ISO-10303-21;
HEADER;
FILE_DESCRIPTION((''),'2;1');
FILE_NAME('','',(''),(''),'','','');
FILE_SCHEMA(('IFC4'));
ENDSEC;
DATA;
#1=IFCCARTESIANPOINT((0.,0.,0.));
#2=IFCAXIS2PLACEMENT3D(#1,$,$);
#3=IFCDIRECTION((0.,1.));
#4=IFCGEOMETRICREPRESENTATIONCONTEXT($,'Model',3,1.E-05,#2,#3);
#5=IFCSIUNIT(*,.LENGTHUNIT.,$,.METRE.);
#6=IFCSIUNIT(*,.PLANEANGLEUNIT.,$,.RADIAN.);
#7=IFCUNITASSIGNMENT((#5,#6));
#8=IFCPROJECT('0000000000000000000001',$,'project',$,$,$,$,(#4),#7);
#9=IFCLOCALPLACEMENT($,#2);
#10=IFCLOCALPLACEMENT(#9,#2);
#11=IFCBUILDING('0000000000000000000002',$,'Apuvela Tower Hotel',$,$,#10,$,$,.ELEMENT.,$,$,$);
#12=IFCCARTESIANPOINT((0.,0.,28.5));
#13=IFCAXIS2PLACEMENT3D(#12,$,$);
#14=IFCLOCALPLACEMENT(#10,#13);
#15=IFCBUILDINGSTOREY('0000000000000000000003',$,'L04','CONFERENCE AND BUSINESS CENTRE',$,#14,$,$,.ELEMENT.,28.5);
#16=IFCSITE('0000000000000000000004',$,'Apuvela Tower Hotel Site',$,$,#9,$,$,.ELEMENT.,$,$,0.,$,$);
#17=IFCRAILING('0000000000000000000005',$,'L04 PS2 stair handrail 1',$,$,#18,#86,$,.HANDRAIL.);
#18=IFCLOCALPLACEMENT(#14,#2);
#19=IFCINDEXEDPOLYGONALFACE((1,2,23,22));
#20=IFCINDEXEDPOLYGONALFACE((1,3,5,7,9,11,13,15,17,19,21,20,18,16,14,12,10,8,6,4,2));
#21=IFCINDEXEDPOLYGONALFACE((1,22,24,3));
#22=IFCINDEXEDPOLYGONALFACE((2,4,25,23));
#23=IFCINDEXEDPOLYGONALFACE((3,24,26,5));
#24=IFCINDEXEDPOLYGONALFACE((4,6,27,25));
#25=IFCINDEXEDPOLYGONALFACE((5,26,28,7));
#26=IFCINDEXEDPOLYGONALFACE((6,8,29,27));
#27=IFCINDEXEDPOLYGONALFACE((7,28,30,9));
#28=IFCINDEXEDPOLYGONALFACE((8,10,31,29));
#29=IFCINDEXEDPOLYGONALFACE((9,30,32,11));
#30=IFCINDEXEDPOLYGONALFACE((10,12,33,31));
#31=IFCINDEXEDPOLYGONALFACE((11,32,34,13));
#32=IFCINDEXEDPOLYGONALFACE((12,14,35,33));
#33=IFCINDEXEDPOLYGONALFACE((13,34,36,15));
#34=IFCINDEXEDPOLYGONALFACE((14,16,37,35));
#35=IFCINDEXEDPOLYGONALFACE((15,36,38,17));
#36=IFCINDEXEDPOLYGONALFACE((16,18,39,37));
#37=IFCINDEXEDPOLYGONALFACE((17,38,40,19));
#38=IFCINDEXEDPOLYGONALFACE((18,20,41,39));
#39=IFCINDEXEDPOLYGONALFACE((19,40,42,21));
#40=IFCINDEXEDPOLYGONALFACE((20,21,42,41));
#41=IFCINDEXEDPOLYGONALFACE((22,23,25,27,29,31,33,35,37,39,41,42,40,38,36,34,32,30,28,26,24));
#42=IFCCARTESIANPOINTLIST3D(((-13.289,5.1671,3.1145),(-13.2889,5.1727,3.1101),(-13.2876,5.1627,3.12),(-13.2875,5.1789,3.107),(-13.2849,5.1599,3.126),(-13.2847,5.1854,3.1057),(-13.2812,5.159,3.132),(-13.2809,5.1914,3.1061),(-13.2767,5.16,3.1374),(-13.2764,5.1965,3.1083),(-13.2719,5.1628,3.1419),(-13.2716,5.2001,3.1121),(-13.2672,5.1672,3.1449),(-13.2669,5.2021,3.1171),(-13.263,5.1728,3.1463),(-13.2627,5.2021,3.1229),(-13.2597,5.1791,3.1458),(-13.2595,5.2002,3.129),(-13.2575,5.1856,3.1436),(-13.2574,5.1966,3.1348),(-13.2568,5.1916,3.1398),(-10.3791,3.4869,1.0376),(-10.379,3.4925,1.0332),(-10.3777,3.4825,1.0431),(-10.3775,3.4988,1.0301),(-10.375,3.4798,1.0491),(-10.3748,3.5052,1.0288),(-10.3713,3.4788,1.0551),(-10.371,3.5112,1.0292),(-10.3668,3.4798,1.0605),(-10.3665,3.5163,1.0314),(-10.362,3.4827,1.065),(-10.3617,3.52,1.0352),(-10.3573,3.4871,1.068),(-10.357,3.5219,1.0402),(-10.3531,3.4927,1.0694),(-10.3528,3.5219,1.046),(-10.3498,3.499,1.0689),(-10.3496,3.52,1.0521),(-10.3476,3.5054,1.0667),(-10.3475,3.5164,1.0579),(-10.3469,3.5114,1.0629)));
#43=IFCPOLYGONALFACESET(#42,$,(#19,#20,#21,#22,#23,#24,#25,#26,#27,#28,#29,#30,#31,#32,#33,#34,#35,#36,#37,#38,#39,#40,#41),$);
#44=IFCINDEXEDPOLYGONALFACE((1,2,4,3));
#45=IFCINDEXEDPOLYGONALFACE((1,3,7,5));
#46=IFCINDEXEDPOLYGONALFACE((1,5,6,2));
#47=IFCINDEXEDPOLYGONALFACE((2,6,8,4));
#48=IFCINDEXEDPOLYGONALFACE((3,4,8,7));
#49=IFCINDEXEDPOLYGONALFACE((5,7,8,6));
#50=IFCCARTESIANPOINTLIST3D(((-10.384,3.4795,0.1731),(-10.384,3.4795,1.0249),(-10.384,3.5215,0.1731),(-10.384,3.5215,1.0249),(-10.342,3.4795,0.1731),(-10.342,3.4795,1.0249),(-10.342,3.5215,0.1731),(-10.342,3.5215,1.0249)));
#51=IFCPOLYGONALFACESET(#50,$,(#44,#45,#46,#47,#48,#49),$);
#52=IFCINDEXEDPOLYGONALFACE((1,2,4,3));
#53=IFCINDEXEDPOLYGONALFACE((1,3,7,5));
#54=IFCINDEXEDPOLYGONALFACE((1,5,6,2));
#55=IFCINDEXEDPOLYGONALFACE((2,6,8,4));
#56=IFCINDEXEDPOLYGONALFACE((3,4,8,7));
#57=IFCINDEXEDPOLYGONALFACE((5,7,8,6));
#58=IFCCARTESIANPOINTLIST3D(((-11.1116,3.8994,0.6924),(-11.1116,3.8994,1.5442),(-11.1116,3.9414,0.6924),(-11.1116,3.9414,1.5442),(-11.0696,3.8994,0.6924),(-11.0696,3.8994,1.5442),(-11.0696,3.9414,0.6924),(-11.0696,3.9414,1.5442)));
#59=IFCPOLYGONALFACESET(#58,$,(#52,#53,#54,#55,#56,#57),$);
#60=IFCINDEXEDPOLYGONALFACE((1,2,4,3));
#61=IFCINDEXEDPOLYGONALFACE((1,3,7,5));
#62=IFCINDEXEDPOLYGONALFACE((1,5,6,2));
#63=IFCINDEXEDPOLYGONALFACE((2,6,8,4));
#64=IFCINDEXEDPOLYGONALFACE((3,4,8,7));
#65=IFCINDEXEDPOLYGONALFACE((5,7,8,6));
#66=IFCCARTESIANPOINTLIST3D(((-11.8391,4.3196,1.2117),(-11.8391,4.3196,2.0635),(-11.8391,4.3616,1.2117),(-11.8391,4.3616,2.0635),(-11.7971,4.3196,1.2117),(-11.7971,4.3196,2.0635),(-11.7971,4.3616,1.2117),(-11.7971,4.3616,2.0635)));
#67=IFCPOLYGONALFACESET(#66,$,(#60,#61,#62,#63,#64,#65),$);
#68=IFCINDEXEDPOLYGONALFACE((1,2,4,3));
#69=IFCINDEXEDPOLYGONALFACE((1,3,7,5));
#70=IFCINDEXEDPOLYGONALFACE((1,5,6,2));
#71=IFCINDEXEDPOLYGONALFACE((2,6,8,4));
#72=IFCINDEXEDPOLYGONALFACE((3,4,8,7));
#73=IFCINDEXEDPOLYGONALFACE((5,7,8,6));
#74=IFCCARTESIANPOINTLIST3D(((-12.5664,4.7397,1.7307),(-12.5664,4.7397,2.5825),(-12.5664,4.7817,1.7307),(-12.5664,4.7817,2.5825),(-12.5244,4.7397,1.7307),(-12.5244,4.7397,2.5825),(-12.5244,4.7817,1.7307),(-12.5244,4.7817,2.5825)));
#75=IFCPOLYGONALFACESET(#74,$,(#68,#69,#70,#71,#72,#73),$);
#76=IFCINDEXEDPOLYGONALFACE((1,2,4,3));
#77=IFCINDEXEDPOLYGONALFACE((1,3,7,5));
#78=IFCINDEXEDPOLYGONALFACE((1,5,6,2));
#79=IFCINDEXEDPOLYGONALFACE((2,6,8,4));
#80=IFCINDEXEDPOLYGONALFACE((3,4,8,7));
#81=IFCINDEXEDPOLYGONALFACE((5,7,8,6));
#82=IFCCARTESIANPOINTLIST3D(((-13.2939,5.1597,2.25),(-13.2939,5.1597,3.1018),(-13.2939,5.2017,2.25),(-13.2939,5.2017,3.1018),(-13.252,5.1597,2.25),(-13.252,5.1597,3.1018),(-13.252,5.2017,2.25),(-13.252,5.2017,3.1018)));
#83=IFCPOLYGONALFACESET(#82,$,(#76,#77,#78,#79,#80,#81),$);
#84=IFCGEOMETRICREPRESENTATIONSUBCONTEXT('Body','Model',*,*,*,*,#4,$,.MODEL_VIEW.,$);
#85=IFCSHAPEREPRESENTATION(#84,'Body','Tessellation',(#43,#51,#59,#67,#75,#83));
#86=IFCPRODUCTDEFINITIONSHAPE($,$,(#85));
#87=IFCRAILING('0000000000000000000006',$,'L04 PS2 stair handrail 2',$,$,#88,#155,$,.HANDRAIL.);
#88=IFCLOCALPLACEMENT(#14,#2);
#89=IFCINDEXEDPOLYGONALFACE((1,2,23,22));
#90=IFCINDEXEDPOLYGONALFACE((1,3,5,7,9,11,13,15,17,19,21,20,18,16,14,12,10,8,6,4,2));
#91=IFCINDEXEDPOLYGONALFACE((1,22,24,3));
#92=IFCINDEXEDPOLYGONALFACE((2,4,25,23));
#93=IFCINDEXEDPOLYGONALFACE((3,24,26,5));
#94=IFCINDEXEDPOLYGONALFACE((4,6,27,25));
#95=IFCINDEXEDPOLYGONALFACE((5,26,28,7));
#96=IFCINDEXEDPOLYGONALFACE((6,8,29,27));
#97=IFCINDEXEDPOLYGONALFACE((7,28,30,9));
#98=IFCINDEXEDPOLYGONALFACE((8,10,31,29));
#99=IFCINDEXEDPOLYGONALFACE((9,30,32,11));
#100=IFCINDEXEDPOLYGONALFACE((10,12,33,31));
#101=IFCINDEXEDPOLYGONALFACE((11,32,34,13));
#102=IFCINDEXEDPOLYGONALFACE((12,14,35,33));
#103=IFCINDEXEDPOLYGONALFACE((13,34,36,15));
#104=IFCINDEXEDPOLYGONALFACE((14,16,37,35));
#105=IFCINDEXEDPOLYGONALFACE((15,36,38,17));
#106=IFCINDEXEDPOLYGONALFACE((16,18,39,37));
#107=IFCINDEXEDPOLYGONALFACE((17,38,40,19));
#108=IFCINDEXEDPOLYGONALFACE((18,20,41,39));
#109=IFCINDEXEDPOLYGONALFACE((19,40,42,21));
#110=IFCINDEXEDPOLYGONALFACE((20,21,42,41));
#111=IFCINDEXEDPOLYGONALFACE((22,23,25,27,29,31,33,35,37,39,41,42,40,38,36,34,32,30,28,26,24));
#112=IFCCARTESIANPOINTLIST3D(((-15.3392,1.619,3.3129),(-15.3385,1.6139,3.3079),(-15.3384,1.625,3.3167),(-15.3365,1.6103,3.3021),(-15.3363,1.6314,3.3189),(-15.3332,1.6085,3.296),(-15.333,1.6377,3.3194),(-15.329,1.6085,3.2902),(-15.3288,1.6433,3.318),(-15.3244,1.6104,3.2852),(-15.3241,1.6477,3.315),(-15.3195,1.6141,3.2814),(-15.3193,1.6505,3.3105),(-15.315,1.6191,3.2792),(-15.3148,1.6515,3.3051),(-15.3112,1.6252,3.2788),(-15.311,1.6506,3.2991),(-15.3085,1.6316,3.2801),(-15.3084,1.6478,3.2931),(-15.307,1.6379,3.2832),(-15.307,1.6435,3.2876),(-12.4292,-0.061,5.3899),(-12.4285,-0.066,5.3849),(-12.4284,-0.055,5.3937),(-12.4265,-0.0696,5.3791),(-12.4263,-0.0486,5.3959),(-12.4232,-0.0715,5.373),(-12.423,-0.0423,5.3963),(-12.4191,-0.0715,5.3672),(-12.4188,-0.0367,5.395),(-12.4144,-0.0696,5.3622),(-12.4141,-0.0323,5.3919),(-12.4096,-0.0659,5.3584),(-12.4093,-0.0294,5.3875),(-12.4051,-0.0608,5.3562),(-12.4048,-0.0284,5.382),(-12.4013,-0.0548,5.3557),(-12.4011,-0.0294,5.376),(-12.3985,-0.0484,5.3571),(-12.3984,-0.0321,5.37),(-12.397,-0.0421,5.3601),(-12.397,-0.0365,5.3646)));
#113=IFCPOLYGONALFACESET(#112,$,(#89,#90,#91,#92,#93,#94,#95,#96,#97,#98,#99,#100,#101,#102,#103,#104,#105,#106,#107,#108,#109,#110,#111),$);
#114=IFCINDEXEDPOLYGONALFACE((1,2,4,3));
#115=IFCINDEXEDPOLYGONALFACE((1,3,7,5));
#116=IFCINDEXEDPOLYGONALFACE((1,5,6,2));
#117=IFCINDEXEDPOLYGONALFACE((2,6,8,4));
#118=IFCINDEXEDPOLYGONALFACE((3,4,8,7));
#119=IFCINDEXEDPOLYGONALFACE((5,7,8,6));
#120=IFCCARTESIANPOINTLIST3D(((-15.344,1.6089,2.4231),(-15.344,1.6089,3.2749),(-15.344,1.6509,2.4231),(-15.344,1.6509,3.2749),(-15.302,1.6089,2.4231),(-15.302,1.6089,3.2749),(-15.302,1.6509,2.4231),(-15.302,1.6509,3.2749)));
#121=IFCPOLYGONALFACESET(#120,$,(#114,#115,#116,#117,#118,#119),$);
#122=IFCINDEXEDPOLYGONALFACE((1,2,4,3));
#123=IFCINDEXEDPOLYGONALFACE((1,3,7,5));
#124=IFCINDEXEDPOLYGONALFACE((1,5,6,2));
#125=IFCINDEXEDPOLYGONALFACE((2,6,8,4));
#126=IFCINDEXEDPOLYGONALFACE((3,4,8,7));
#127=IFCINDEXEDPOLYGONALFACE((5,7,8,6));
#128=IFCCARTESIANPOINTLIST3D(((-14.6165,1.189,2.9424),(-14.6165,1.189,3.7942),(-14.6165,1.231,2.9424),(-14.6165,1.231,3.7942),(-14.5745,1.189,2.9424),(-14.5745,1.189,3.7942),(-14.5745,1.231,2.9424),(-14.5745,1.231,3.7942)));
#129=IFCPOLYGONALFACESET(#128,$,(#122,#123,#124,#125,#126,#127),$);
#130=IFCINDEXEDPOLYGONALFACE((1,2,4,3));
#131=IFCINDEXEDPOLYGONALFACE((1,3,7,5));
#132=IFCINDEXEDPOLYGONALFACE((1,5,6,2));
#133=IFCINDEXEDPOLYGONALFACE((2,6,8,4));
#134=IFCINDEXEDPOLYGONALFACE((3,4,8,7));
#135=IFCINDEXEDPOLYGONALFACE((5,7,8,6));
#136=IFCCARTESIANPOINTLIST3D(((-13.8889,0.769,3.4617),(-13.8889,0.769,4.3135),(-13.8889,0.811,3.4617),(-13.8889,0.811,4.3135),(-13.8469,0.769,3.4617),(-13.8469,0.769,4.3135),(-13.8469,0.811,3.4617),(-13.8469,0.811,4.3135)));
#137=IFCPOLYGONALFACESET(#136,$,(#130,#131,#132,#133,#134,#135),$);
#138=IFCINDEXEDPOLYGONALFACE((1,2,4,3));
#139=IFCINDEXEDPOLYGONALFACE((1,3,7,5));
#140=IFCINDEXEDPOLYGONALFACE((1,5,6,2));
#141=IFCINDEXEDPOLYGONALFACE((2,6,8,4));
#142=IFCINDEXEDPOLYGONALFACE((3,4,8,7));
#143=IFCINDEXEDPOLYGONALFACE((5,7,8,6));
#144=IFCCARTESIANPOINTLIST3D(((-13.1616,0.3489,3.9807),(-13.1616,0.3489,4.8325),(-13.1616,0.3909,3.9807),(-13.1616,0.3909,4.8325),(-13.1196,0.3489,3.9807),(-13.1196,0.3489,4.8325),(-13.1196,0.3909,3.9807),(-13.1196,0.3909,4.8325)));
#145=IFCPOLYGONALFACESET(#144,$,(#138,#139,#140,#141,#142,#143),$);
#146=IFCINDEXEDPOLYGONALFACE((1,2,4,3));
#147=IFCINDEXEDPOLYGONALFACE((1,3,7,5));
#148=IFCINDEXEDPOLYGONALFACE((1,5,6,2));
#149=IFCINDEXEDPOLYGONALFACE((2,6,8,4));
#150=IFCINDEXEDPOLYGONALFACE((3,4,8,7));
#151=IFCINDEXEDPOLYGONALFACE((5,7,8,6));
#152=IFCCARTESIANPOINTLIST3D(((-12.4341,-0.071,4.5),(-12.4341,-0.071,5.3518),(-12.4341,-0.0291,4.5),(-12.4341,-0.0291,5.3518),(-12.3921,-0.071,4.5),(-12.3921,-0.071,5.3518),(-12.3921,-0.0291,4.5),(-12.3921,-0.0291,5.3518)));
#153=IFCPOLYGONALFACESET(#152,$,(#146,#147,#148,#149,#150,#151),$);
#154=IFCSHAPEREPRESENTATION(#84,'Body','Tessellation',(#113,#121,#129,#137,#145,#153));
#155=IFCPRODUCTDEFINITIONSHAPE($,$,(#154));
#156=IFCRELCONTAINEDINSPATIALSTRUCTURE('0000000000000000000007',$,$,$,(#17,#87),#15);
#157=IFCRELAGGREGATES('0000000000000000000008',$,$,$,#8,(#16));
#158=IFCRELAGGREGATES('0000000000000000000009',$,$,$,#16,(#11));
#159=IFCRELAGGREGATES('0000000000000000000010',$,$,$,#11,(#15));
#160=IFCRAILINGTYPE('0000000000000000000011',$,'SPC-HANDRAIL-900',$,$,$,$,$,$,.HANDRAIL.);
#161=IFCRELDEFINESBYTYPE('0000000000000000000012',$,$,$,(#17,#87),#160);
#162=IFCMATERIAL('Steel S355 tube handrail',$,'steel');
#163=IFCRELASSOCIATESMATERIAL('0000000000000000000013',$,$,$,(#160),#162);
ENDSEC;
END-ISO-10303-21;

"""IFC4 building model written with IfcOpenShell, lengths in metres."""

from ifc_helpers import new_model, si_unit, direction, frame, origin, origin_2d, place, context, subcontext, project, spatial, rectangle, circle, extrude, material, type_object, element, save


model = new_model("IFC4")

# Units and contexts
model_context = context("Model", 3, precision=1e-05, world=origin(), true_north=direction((0.0, 1.0)))
body_context = subcontext(model_context, "Body", "Model", "MODEL_VIEW")
ifc_project = project(units=[si_unit("LENGTHUNIT", "METRE"), si_unit("PLANEANGLEUNIT", "RADIAN")], contexts=[model_context])

# Site, building, storey
site_placement = place(None, origin())
site = spatial("IfcSite", under=ifc_project, at=site_placement, Name="Apuvela Tower Hotel Site", CompositionType="ELEMENT", RefElevation=0.0)
building_placement = place(site_placement, origin())
building = spatial("IfcBuilding", under=site, at=building_placement, Name="Apuvela Tower Hotel", CompositionType="ELEMENT")
storey_placement = place(building_placement, frame((0.0, 0.0, 28.5)))
storey = spatial("IfcBuildingStorey", under=building, at=storey_placement, Name="L04", Description="CONFERENCE AND BUSINESS CENTRE", CompositionType="ELEMENT", Elevation=28.5)

# Railings
ifc_material_1 = material(Name="Steel S355 tube handrail", Category="steel")
railing_type_1 = type_object("IfcRailingType", Name="SPC-HANDRAIL-900", PredefinedType="HANDRAIL", material=ifc_material_1)
railing_1_placement = place(storey_placement, frame((-10.363, 3.5005, 0.1731)))
element("IfcRailing", 1, at=railing_1_placement, inside=storey, type_object=railing_type_1, Name="L04 PS2 stair handrail 1", PredefinedType="HANDRAIL", context=body_context, shape_type="SweptSolid", body=[
    extrude(circle(Radius=0.0239, at=origin_2d()), frame((0.0, 0.0, 0.876), z_axis=(-0.736649, 0.425339, 0.525771), x_axis=(-0.500031, -0.866008, 0.0)), (0.0, 0.0, 1.0), 3.9502),
    extrude(rectangle(XDim=0.042, YDim=0.042, at=origin_2d()), origin(), (0.0, 0.0, 1.0), 0.8518),
    extrude(rectangle(XDim=0.042, YDim=0.042, at=origin_2d()), frame((-0.7275, 0.4199, 0.5193)), (0.0, 0.0, 1.0), 0.8518),
    extrude(rectangle(XDim=0.042, YDim=0.042, at=origin_2d()), frame((-1.4551, 0.8401, 1.0386)), (0.0, 0.0, 1.0), 0.8518),
    extrude(rectangle(XDim=0.042, YDim=0.042, at=origin_2d()), frame((-2.1824, 1.2603, 1.5576)), (0.0, 0.0, 1.0), 0.8518),
    extrude(rectangle(XDim=0.042, YDim=0.042, at=origin_2d()), frame((-2.9099, 1.6802, 2.0769)), (0.0, 0.0, 1.0), 0.8518),
])
railing_2_placement = place(storey_placement, frame((-15.323, 1.6299, 2.4231)))
element("IfcRailing", 2, at=railing_2_placement, inside=storey, type_object=railing_type_1, Name="L04 PS2 stair handrail 2", PredefinedType="HANDRAIL", context=body_context, shape_type="SweptSolid", body=[
    extrude(circle(Radius=0.0239, at=origin_2d()), frame((0.0, 0.0, 0.876), z_axis=(0.736668, -0.425288, 0.525785), x_axis=(0.499976, 0.866039, 0.0)), (0.0, 0.0, 1.0), 3.9502),
    extrude(rectangle(XDim=0.042, YDim=0.042, at=origin_2d()), origin(), (0.0, 0.0, 1.0), 0.8518),
    extrude(rectangle(XDim=0.042, YDim=0.042, at=origin_2d()), frame((0.7275, -0.4199, 0.5193)), (0.0, 0.0, 1.0), 0.8518),
    extrude(rectangle(XDim=0.042, YDim=0.042, at=origin_2d()), frame((1.4551, -0.8398, 1.0386)), (0.0, 0.0, 1.0), 0.8518),
    extrude(rectangle(XDim=0.042, YDim=0.042, at=origin_2d()), frame((2.1824, -1.26, 1.5576)), (0.0, 0.0, 1.0), 0.8518),
    extrude(rectangle(XDim=0.042, YDim=0.042, at=origin_2d()), frame((2.9099, -1.6799, 2.0769)), (0.0, 0.0, 1.0), 0.8518),
])

save(model, "model.ifc")
